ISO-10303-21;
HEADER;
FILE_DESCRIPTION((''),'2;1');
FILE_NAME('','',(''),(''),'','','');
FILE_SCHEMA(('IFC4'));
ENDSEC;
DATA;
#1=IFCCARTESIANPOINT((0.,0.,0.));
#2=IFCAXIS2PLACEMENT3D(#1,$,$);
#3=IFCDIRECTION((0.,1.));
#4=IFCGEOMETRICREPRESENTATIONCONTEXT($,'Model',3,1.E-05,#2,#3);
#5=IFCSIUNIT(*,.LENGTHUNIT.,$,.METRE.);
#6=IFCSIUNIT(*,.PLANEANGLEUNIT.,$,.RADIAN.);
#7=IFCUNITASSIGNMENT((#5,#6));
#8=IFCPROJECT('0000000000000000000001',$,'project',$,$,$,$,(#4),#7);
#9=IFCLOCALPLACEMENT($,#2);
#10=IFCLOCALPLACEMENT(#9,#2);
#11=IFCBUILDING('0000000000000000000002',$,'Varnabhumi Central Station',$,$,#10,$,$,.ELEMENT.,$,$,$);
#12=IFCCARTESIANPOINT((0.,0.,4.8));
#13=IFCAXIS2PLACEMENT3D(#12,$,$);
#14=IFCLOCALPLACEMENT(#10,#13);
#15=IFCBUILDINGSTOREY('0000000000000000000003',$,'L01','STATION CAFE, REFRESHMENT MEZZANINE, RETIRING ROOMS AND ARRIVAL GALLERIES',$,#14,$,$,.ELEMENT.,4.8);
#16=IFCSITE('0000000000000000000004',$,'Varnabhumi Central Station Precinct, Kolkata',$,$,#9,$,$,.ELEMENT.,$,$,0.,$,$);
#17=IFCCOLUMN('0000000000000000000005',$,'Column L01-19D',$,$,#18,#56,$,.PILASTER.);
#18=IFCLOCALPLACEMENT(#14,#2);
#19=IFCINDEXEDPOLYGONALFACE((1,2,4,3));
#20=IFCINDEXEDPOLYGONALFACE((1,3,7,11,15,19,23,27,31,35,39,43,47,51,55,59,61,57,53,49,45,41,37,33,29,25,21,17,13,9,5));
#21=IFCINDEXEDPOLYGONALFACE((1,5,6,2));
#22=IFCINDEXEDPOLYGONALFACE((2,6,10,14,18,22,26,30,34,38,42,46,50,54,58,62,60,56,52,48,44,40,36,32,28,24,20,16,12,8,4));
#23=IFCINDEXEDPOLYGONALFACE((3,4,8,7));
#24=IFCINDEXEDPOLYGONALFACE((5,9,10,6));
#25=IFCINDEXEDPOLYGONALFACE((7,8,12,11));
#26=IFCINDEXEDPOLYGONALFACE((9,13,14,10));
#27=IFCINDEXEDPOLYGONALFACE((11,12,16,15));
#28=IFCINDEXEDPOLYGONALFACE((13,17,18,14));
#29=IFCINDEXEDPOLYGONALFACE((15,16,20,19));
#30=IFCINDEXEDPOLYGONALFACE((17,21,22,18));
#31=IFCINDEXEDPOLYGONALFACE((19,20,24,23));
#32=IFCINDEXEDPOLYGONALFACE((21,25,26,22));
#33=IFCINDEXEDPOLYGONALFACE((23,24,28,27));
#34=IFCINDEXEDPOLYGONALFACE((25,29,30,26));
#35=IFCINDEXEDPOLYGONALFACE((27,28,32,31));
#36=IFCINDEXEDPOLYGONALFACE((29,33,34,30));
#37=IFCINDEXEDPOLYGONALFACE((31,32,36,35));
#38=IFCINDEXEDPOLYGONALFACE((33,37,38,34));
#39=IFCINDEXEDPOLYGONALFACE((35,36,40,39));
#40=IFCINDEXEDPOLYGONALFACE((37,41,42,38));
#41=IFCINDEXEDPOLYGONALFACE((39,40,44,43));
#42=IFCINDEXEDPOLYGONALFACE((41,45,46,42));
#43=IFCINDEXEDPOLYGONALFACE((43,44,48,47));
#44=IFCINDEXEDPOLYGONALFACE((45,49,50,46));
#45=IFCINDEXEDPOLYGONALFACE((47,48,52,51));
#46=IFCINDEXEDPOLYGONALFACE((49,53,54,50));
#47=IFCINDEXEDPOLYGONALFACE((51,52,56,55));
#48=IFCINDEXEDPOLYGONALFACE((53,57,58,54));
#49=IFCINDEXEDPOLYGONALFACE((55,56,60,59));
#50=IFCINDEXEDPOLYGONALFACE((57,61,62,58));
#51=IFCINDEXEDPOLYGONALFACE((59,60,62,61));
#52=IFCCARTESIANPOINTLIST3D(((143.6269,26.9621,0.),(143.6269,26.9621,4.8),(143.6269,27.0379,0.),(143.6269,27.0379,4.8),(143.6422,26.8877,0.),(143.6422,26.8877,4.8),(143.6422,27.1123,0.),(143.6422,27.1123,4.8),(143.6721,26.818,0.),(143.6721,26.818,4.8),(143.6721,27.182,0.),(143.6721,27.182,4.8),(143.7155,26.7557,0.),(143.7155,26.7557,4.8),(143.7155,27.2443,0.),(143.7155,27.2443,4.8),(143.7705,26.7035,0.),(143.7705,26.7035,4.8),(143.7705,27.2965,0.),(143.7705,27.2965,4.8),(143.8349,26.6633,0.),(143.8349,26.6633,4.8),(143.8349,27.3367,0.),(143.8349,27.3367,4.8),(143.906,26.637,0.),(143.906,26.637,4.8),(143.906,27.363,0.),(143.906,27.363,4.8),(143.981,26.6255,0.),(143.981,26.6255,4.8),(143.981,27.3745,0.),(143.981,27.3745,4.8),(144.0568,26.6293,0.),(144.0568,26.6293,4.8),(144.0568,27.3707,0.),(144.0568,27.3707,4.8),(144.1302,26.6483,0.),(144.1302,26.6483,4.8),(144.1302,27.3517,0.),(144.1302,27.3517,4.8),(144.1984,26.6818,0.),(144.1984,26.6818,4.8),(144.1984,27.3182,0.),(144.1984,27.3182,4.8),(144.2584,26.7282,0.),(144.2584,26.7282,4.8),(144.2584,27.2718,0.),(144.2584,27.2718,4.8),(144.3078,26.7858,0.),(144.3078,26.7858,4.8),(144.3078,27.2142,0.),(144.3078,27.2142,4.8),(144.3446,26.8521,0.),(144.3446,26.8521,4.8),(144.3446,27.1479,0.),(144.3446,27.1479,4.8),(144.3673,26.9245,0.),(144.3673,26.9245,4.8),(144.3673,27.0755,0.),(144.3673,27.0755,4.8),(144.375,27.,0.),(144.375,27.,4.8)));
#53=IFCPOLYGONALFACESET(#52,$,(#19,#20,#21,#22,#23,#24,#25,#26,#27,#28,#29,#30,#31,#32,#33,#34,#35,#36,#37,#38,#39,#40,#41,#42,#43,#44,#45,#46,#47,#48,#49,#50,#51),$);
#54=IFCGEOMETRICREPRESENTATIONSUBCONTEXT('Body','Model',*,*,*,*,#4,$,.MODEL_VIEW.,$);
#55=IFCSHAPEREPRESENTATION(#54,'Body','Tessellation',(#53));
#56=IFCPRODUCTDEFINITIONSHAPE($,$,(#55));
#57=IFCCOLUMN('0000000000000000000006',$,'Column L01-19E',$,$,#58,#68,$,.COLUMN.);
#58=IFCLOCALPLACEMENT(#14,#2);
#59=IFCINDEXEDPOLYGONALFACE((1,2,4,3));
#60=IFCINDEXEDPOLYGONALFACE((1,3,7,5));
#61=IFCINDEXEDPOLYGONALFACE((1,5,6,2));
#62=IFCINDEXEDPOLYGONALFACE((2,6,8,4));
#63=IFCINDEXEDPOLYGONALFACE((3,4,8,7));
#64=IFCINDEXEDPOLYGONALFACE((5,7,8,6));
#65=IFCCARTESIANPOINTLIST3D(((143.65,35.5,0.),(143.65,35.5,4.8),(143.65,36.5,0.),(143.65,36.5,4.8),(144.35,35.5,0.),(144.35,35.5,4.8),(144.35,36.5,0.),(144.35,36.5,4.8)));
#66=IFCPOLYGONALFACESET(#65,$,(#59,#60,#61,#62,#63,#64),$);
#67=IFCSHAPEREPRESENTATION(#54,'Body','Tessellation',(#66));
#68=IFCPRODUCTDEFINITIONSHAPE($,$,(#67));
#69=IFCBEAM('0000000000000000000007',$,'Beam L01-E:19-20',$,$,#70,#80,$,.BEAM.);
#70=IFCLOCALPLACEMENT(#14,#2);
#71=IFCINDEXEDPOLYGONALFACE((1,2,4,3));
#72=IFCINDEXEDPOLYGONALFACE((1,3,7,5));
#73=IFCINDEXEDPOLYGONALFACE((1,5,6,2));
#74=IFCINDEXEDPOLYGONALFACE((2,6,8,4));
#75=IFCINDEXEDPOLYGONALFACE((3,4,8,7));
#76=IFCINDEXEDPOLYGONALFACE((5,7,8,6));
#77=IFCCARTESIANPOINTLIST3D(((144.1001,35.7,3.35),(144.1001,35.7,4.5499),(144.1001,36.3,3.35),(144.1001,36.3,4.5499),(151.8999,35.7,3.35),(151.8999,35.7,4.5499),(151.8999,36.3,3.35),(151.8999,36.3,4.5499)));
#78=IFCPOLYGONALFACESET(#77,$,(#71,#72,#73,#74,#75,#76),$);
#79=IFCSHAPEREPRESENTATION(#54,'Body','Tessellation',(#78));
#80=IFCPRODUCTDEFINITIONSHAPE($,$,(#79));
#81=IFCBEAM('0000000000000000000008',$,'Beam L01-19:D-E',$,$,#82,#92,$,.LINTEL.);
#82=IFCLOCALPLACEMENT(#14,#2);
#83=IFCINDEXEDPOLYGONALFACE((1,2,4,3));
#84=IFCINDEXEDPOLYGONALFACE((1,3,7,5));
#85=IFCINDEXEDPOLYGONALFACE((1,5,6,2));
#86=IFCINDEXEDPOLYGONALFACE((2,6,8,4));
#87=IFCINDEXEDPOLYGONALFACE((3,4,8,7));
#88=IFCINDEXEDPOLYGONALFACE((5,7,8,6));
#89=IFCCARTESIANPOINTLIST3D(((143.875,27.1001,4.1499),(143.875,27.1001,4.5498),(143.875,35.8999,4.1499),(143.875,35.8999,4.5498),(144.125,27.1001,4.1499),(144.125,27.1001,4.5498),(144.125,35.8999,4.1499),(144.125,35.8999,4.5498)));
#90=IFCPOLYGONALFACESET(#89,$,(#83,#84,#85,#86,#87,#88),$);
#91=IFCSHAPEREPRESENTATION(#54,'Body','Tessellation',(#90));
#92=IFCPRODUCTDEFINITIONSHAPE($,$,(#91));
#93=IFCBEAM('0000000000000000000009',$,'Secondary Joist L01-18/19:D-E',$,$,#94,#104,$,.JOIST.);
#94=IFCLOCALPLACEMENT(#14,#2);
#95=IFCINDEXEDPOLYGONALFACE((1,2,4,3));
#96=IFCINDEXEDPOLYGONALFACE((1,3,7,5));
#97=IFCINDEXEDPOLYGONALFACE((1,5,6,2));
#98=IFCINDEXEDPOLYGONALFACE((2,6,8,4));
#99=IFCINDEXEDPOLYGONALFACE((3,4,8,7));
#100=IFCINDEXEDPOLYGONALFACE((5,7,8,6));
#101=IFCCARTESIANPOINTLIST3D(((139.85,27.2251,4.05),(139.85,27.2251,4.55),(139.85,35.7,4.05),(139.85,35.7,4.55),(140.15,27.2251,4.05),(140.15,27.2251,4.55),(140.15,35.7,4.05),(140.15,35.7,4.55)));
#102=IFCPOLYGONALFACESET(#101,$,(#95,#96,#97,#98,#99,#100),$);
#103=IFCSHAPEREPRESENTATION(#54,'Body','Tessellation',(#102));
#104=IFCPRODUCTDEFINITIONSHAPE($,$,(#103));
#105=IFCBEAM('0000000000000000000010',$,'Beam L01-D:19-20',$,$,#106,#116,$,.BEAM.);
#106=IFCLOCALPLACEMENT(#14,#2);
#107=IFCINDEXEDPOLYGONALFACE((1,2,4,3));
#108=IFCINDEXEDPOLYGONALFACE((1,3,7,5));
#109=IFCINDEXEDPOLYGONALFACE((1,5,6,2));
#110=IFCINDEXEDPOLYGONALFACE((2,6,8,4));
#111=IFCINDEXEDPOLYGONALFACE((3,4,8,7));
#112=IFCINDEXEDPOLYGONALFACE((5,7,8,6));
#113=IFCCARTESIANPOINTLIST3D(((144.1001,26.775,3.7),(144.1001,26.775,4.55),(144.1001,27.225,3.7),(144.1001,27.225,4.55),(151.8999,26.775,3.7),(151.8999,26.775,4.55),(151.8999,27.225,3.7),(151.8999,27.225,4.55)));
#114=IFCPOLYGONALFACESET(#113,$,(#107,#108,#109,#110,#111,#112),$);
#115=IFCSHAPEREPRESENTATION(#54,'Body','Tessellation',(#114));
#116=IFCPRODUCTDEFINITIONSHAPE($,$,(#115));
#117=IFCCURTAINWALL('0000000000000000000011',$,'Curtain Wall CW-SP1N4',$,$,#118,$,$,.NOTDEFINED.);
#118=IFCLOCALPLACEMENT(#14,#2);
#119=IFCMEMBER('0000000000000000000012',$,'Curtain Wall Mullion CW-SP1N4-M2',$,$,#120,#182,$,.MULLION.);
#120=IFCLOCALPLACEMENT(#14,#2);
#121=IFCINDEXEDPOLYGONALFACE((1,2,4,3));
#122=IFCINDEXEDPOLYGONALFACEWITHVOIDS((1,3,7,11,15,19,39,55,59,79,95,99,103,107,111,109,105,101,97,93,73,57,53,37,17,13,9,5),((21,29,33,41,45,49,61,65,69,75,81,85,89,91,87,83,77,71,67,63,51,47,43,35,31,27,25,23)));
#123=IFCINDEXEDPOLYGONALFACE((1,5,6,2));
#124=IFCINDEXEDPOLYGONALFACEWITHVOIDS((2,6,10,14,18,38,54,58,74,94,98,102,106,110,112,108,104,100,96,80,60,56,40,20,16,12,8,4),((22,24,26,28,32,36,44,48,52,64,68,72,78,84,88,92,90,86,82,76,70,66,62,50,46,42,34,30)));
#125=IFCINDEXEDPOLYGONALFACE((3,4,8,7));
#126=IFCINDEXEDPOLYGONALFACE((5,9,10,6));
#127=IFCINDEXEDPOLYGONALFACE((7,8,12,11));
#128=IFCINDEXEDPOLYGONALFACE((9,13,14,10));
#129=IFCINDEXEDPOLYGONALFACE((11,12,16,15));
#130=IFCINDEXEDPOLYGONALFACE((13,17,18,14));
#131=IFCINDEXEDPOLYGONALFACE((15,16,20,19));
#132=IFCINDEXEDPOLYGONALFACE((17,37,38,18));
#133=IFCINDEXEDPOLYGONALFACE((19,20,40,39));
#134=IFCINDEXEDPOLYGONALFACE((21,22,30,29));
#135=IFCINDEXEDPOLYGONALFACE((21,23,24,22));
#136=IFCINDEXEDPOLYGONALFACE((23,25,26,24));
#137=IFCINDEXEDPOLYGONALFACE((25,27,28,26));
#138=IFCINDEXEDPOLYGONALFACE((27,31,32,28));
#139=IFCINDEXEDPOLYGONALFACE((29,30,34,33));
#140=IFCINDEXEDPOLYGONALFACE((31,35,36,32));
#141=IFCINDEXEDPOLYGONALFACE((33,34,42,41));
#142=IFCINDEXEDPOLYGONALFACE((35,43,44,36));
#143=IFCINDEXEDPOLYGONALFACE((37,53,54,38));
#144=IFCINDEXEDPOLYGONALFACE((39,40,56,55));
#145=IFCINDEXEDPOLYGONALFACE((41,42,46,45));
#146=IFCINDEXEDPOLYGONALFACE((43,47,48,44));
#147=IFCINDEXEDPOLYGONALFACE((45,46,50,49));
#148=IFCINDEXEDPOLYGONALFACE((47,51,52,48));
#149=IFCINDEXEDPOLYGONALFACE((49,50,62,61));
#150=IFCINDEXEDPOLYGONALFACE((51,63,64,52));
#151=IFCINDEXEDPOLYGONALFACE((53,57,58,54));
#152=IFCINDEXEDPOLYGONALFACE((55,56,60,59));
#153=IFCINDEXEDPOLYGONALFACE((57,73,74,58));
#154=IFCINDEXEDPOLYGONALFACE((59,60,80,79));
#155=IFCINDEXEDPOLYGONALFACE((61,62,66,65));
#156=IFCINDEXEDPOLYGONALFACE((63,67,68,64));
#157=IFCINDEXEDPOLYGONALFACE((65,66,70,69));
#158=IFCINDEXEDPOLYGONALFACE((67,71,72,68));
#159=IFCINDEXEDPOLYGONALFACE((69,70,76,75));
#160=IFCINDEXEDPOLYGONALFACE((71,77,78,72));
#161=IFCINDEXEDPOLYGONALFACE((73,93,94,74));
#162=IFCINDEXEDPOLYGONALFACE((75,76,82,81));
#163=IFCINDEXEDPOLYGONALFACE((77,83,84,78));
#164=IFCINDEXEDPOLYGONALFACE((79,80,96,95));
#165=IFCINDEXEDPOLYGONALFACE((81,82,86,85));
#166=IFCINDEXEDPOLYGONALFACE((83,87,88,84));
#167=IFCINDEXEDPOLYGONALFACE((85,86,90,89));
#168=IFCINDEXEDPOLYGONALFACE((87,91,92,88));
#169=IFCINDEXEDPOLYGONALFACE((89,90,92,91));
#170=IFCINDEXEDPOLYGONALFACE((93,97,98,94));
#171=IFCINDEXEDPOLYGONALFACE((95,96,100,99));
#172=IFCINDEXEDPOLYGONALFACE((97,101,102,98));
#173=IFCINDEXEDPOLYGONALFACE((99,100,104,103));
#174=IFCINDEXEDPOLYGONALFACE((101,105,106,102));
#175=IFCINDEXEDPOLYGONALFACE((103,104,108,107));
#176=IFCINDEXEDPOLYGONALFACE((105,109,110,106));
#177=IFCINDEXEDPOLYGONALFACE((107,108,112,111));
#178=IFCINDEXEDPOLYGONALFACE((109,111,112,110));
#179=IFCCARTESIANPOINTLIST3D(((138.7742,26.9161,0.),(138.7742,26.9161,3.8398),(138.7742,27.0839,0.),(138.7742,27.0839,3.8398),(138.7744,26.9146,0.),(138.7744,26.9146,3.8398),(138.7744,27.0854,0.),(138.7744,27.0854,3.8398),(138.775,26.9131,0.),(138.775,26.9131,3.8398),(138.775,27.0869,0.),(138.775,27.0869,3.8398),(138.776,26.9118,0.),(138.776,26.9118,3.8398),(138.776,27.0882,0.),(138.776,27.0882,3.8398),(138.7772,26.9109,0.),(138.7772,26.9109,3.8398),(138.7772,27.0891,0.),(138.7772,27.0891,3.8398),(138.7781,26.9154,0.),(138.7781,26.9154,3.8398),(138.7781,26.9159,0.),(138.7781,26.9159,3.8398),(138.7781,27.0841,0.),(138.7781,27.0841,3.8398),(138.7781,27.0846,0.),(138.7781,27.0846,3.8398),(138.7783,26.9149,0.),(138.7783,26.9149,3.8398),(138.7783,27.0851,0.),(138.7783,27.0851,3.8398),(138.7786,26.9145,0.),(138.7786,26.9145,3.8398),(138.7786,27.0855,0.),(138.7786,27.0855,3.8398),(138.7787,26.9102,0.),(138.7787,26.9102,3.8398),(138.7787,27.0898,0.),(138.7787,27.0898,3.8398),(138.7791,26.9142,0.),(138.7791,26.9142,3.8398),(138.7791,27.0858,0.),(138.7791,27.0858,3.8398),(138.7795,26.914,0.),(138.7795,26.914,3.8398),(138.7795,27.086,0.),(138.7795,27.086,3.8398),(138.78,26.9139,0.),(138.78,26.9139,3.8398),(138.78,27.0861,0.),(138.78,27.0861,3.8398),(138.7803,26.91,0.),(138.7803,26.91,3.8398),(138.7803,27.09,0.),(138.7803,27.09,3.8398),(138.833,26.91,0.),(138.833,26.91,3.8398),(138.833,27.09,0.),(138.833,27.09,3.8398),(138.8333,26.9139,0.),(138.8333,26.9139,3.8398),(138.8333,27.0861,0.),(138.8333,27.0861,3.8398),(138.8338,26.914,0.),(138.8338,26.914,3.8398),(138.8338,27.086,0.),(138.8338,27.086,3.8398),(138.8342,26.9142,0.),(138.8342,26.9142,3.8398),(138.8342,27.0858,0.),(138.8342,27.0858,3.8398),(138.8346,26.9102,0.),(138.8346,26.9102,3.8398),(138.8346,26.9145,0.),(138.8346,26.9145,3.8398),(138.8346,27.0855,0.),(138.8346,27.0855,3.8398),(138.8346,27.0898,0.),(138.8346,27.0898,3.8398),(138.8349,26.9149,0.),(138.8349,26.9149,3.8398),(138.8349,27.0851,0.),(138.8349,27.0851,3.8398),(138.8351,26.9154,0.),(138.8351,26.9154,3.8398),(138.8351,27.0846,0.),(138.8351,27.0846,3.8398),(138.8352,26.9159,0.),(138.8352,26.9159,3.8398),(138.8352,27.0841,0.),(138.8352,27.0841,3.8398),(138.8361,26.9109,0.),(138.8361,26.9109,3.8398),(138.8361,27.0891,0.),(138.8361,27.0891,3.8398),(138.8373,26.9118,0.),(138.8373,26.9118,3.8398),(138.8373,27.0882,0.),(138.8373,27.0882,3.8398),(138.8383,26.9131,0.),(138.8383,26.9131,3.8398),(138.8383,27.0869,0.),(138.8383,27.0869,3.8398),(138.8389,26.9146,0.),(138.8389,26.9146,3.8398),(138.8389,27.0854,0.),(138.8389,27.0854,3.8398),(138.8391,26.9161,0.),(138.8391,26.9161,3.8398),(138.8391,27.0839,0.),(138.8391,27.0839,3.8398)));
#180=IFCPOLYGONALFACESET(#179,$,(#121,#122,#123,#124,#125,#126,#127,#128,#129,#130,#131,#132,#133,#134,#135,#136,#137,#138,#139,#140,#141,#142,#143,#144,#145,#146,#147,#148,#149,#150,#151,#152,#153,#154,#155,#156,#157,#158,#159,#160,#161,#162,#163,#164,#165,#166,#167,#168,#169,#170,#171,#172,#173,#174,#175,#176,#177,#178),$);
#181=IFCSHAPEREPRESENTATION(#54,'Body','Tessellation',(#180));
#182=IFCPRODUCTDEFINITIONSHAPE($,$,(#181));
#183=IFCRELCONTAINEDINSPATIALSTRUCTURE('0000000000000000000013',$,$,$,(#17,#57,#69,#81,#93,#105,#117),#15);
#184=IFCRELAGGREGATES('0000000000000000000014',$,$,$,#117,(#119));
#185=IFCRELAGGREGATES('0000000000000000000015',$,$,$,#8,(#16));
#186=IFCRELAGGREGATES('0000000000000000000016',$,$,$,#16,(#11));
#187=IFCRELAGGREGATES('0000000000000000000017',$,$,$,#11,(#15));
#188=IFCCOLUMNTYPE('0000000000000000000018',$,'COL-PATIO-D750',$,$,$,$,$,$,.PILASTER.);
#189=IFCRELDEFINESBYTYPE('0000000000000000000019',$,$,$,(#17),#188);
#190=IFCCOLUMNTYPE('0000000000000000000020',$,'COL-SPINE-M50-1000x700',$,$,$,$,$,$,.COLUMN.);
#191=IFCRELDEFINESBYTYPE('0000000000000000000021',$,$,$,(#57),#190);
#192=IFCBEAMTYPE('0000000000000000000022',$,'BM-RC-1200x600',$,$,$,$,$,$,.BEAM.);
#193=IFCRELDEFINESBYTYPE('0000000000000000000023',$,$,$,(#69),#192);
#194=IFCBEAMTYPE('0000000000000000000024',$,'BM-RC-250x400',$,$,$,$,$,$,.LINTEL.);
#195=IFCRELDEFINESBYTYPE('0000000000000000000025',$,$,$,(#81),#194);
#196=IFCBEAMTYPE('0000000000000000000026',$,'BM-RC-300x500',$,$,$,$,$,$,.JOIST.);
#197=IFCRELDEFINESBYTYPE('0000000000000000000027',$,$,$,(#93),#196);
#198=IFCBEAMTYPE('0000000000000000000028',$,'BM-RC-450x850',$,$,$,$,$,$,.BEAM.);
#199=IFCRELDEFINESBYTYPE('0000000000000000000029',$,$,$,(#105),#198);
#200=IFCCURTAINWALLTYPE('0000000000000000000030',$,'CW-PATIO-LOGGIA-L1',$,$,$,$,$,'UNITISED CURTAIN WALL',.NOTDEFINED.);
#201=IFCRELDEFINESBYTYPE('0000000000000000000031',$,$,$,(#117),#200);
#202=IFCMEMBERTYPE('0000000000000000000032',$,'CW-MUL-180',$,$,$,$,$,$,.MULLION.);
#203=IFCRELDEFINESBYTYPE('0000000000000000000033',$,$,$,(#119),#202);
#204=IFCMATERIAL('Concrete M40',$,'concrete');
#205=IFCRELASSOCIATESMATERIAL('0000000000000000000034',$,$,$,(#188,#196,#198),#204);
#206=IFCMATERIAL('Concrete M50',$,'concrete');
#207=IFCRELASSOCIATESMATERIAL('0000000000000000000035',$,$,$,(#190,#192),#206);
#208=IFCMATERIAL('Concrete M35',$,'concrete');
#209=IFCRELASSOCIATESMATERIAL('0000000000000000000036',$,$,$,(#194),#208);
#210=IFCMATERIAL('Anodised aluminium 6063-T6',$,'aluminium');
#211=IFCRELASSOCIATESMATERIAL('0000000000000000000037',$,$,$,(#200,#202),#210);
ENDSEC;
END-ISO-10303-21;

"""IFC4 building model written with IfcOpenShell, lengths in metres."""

from ifc_helpers import new_model, si_unit, direction, frame, origin, origin_2d, place, context, subcontext, project, spatial, rectangle, hollow_rectangle, circle, extrude, material, material_profile, profile_set, type_object, element, aggregate, save


model = new_model("IFC4")

# Units and contexts
model_context = context("Model", 3, precision=1e-05, world=origin(), true_north=direction((0.0, 1.0)))
body_context = subcontext(model_context, "Body", "Model", "MODEL_VIEW")
ifc_project = project(units=[si_unit("LENGTHUNIT", "METRE"), si_unit("PLANEANGLEUNIT", "RADIAN")], contexts=[model_context])

# Site, building, storey
site_placement = place(None, origin())
site = spatial("IfcSite", under=ifc_project, at=site_placement, Name="Varnabhumi Central Station Precinct, Kolkata", CompositionType="ELEMENT", RefElevation=0.0)
building_placement = place(site_placement, origin())
building = spatial("IfcBuilding", under=site, at=building_placement, Name="Varnabhumi Central Station", CompositionType="ELEMENT")
storey_placement = place(building_placement, frame((0.0, 0.0, 4.8)))
storey = spatial("IfcBuildingStorey", under=building, at=storey_placement, Name="L01", Description="STATION CAFE, REFRESHMENT MEZZANINE, RETIRING ROOMS AND ARRIVAL GALLERIES", CompositionType="ELEMENT", Elevation=4.8)

# Columns
ifc_material_1 = material(Name="Concrete M40", Category="concrete")
ifc_material_profile_1 = material_profile(ifc_material_1, circle(Radius=0.375, at=origin_2d()), Name="Concrete M40", Category="concrete")
ifc_profile_set_1 = profile_set([ifc_material_profile_1], Name="Concrete M40")
column_type_1 = type_object("IfcColumnType", Name="COL-PATIO-D750", PredefinedType="PILASTER", material=ifc_profile_set_1)
column_1_placement = place(storey_placement, frame((144.0, 27.0, 0.0), z_axis=(0.0, 0.0, 1.0), x_axis=(1.0, 0.0, 0.0)))
element("IfcColumn", 1, at=column_1_placement, inside=storey, type_object=column_type_1, Name="Column L01-19D", PredefinedType="PILASTER", context=body_context, shape_type="SweptSolid", body=[
    extrude(circle(Radius=0.375, at=origin_2d()), origin(), (0.0, 0.0, 1.0), 4.8),
])
ifc_material_2 = material(Name="Concrete M50", Category="concrete")
ifc_material_profile_2 = material_profile(ifc_material_2, rectangle(XDim=0.7, YDim=1.0, at=origin_2d()), Name="Concrete M50", Category="concrete")
ifc_profile_set_2 = profile_set([ifc_material_profile_2], Name="Concrete M50")
column_type_2 = type_object("IfcColumnType", Name="COL-SPINE-M50-1000x700", PredefinedType="COLUMN", material=ifc_profile_set_2)
column_2_placement = place(storey_placement, frame((144.0, 36.0, 0.0), z_axis=(0.0, 0.0, 1.0), x_axis=(1.0, 0.0, 0.0)))
element("IfcColumn", 2, at=column_2_placement, inside=storey, type_object=column_type_2, Name="Column L01-19E", PredefinedType="COLUMN", context=body_context, shape_type="SweptSolid", body=[
    extrude(rectangle(XDim=0.7, YDim=1.0, at=origin_2d()), origin(), (0.0, 0.0, 1.0), 4.8),
])

# Beams
ifc_material_profile_3 = material_profile(ifc_material_2, rectangle(XDim=0.6001, YDim=1.2, at=origin_2d()), Name="Concrete M50", Category="concrete")
ifc_profile_set_3 = profile_set([ifc_material_profile_3], Name="Concrete M50")
beam_type_1 = type_object("IfcBeamType", Name="BM-RC-1200x600", PredefinedType="BEAM", material=ifc_profile_set_3)
beam_1_placement = place(storey_placement, frame((144.1001, 36.0, 3.95), z_axis=(1.0, 0.0, 0.0), x_axis=(0.0, 1.0, 0.0)))
element("IfcBeam", 3, at=beam_1_placement, inside=storey, type_object=beam_type_1, Name="Beam L01-E:19-20", PredefinedType="BEAM", context=body_context, shape_type="SweptSolid", body=[
    extrude(rectangle(XDim=0.6001, YDim=1.2, at=origin_2d()), origin(), (0.0, 0.0, 1.0), 7.7998),
])
ifc_material_3 = material(Name="Concrete M35", Category="concrete")
ifc_material_profile_4 = material_profile(ifc_material_3, rectangle(XDim=0.25, YDim=0.3999, at=origin_2d()), Name="Concrete M35", Category="concrete")
ifc_profile_set_4 = profile_set([ifc_material_profile_4], Name="Concrete M35")
beam_type_2 = type_object("IfcBeamType", Name="BM-RC-250x400", PredefinedType="LINTEL", material=ifc_profile_set_4)
beam_2_placement = place(storey_placement, frame((144.0, 27.1001, 4.3499), z_axis=(0.0, 1.0, 0.0), x_axis=(-1.0, 0.0, 0.0)))
element("IfcBeam", 4, at=beam_2_placement, inside=storey, type_object=beam_type_2, Name="Beam L01-19:D-E", PredefinedType="LINTEL", context=body_context, shape_type="SweptSolid", body=[
    extrude(rectangle(XDim=0.25, YDim=0.3999, at=origin_2d()), origin(), (0.0, 0.0, 1.0), 8.7998),
])
ifc_material_profile_5 = material_profile(ifc_material_1, rectangle(XDim=0.3, YDim=0.5, at=origin_2d()), Name="Concrete M40", Category="concrete")
ifc_profile_set_5 = profile_set([ifc_material_profile_5], Name="Concrete M40")
beam_type_3 = type_object("IfcBeamType", Name="BM-RC-300x500", PredefinedType="JOIST", material=ifc_profile_set_5)
beam_3_placement = place(storey_placement, frame((140.0, 27.2251, 4.3), z_axis=(0.0, 1.0, 0.0), x_axis=(-1.0, 0.0, 0.0)))
element("IfcBeam", 5, at=beam_3_placement, inside=storey, type_object=beam_type_3, Name="Secondary Joist L01-18/19:D-E", PredefinedType="JOIST", context=body_context, shape_type="SweptSolid", body=[
    extrude(rectangle(XDim=0.3, YDim=0.5, at=origin_2d()), origin(), (0.0, 0.0, 1.0), 8.4749),
])
ifc_material_profile_6 = material_profile(ifc_material_1, rectangle(XDim=0.45, YDim=0.8501, at=origin_2d()), Name="Concrete M40", Category="concrete")
ifc_profile_set_6 = profile_set([ifc_material_profile_6], Name="Concrete M40")
beam_type_4 = type_object("IfcBeamType", Name="BM-RC-450x850", PredefinedType="BEAM", material=ifc_profile_set_6)
beam_4_placement = place(storey_placement, frame((144.1001, 27.0, 4.125), z_axis=(1.0, 0.0, 0.0), x_axis=(0.0, 1.0, 0.0)))
element("IfcBeam", 6, at=beam_4_placement, inside=storey, type_object=beam_type_4, Name="Beam L01-D:19-20", PredefinedType="BEAM", context=body_context, shape_type="SweptSolid", body=[
    extrude(rectangle(XDim=0.45, YDim=0.8501, at=origin_2d()), origin(), (0.0, 0.0, 1.0), 7.7998),
])

# Curtain wall, member
ifc_material_4 = material(Name="Anodised aluminium 6063-T6", Category="aluminium")
curtain_wall_type = type_object("IfcCurtainWallType", Name="CW-PATIO-LOGGIA-L1", ElementType="UNITISED CURTAIN WALL", PredefinedType="NOTDEFINED", material=ifc_material_4)
curtain_wall_placement = place(storey_placement, origin())
curtain_wall = element("IfcCurtainWall", 7, at=curtain_wall_placement, inside=storey, type_object=curtain_wall_type, Name="Curtain Wall CW-SP1N4", PredefinedType="NOTDEFINED")
ifc_material_profile_7 = material_profile(ifc_material_4, hollow_rectangle(XDim=0.0649, YDim=0.1799, WallThickness=0.0039, InnerFilletRadius=0.002, OuterFilletRadius=0.0061, at=origin_2d()), Name="Anodised aluminium 6063-T6", Category="aluminium")
ifc_profile_set_7 = profile_set([ifc_material_profile_7], Name="Anodised aluminium 6063-T6")
member_type = type_object("IfcMemberType", Name="CW-MUL-180", PredefinedType="MULLION", material=ifc_profile_set_7)
member_1_placement = place(storey_placement, frame((138.8066, 27.0, 0.0), z_axis=(0.0, 0.0, 1.0), x_axis=(1.0, 0.0, 0.0)))
member_1 = element("IfcMember", 8, at=member_1_placement, type_object=member_type, Name="Curtain Wall Mullion CW-SP1N4-M2", PredefinedType="MULLION", context=body_context, shape_type="SweptSolid", body=[
    extrude(hollow_rectangle(XDim=0.0649, YDim=0.1799, WallThickness=0.0039, InnerFilletRadius=0.002, OuterFilletRadius=0.0061, at=origin_2d()), origin(), (0.0, 0.0, 1.0), 3.8398),
])
aggregate(curtain_wall, [member_1])

save(model, "model.ifc")
